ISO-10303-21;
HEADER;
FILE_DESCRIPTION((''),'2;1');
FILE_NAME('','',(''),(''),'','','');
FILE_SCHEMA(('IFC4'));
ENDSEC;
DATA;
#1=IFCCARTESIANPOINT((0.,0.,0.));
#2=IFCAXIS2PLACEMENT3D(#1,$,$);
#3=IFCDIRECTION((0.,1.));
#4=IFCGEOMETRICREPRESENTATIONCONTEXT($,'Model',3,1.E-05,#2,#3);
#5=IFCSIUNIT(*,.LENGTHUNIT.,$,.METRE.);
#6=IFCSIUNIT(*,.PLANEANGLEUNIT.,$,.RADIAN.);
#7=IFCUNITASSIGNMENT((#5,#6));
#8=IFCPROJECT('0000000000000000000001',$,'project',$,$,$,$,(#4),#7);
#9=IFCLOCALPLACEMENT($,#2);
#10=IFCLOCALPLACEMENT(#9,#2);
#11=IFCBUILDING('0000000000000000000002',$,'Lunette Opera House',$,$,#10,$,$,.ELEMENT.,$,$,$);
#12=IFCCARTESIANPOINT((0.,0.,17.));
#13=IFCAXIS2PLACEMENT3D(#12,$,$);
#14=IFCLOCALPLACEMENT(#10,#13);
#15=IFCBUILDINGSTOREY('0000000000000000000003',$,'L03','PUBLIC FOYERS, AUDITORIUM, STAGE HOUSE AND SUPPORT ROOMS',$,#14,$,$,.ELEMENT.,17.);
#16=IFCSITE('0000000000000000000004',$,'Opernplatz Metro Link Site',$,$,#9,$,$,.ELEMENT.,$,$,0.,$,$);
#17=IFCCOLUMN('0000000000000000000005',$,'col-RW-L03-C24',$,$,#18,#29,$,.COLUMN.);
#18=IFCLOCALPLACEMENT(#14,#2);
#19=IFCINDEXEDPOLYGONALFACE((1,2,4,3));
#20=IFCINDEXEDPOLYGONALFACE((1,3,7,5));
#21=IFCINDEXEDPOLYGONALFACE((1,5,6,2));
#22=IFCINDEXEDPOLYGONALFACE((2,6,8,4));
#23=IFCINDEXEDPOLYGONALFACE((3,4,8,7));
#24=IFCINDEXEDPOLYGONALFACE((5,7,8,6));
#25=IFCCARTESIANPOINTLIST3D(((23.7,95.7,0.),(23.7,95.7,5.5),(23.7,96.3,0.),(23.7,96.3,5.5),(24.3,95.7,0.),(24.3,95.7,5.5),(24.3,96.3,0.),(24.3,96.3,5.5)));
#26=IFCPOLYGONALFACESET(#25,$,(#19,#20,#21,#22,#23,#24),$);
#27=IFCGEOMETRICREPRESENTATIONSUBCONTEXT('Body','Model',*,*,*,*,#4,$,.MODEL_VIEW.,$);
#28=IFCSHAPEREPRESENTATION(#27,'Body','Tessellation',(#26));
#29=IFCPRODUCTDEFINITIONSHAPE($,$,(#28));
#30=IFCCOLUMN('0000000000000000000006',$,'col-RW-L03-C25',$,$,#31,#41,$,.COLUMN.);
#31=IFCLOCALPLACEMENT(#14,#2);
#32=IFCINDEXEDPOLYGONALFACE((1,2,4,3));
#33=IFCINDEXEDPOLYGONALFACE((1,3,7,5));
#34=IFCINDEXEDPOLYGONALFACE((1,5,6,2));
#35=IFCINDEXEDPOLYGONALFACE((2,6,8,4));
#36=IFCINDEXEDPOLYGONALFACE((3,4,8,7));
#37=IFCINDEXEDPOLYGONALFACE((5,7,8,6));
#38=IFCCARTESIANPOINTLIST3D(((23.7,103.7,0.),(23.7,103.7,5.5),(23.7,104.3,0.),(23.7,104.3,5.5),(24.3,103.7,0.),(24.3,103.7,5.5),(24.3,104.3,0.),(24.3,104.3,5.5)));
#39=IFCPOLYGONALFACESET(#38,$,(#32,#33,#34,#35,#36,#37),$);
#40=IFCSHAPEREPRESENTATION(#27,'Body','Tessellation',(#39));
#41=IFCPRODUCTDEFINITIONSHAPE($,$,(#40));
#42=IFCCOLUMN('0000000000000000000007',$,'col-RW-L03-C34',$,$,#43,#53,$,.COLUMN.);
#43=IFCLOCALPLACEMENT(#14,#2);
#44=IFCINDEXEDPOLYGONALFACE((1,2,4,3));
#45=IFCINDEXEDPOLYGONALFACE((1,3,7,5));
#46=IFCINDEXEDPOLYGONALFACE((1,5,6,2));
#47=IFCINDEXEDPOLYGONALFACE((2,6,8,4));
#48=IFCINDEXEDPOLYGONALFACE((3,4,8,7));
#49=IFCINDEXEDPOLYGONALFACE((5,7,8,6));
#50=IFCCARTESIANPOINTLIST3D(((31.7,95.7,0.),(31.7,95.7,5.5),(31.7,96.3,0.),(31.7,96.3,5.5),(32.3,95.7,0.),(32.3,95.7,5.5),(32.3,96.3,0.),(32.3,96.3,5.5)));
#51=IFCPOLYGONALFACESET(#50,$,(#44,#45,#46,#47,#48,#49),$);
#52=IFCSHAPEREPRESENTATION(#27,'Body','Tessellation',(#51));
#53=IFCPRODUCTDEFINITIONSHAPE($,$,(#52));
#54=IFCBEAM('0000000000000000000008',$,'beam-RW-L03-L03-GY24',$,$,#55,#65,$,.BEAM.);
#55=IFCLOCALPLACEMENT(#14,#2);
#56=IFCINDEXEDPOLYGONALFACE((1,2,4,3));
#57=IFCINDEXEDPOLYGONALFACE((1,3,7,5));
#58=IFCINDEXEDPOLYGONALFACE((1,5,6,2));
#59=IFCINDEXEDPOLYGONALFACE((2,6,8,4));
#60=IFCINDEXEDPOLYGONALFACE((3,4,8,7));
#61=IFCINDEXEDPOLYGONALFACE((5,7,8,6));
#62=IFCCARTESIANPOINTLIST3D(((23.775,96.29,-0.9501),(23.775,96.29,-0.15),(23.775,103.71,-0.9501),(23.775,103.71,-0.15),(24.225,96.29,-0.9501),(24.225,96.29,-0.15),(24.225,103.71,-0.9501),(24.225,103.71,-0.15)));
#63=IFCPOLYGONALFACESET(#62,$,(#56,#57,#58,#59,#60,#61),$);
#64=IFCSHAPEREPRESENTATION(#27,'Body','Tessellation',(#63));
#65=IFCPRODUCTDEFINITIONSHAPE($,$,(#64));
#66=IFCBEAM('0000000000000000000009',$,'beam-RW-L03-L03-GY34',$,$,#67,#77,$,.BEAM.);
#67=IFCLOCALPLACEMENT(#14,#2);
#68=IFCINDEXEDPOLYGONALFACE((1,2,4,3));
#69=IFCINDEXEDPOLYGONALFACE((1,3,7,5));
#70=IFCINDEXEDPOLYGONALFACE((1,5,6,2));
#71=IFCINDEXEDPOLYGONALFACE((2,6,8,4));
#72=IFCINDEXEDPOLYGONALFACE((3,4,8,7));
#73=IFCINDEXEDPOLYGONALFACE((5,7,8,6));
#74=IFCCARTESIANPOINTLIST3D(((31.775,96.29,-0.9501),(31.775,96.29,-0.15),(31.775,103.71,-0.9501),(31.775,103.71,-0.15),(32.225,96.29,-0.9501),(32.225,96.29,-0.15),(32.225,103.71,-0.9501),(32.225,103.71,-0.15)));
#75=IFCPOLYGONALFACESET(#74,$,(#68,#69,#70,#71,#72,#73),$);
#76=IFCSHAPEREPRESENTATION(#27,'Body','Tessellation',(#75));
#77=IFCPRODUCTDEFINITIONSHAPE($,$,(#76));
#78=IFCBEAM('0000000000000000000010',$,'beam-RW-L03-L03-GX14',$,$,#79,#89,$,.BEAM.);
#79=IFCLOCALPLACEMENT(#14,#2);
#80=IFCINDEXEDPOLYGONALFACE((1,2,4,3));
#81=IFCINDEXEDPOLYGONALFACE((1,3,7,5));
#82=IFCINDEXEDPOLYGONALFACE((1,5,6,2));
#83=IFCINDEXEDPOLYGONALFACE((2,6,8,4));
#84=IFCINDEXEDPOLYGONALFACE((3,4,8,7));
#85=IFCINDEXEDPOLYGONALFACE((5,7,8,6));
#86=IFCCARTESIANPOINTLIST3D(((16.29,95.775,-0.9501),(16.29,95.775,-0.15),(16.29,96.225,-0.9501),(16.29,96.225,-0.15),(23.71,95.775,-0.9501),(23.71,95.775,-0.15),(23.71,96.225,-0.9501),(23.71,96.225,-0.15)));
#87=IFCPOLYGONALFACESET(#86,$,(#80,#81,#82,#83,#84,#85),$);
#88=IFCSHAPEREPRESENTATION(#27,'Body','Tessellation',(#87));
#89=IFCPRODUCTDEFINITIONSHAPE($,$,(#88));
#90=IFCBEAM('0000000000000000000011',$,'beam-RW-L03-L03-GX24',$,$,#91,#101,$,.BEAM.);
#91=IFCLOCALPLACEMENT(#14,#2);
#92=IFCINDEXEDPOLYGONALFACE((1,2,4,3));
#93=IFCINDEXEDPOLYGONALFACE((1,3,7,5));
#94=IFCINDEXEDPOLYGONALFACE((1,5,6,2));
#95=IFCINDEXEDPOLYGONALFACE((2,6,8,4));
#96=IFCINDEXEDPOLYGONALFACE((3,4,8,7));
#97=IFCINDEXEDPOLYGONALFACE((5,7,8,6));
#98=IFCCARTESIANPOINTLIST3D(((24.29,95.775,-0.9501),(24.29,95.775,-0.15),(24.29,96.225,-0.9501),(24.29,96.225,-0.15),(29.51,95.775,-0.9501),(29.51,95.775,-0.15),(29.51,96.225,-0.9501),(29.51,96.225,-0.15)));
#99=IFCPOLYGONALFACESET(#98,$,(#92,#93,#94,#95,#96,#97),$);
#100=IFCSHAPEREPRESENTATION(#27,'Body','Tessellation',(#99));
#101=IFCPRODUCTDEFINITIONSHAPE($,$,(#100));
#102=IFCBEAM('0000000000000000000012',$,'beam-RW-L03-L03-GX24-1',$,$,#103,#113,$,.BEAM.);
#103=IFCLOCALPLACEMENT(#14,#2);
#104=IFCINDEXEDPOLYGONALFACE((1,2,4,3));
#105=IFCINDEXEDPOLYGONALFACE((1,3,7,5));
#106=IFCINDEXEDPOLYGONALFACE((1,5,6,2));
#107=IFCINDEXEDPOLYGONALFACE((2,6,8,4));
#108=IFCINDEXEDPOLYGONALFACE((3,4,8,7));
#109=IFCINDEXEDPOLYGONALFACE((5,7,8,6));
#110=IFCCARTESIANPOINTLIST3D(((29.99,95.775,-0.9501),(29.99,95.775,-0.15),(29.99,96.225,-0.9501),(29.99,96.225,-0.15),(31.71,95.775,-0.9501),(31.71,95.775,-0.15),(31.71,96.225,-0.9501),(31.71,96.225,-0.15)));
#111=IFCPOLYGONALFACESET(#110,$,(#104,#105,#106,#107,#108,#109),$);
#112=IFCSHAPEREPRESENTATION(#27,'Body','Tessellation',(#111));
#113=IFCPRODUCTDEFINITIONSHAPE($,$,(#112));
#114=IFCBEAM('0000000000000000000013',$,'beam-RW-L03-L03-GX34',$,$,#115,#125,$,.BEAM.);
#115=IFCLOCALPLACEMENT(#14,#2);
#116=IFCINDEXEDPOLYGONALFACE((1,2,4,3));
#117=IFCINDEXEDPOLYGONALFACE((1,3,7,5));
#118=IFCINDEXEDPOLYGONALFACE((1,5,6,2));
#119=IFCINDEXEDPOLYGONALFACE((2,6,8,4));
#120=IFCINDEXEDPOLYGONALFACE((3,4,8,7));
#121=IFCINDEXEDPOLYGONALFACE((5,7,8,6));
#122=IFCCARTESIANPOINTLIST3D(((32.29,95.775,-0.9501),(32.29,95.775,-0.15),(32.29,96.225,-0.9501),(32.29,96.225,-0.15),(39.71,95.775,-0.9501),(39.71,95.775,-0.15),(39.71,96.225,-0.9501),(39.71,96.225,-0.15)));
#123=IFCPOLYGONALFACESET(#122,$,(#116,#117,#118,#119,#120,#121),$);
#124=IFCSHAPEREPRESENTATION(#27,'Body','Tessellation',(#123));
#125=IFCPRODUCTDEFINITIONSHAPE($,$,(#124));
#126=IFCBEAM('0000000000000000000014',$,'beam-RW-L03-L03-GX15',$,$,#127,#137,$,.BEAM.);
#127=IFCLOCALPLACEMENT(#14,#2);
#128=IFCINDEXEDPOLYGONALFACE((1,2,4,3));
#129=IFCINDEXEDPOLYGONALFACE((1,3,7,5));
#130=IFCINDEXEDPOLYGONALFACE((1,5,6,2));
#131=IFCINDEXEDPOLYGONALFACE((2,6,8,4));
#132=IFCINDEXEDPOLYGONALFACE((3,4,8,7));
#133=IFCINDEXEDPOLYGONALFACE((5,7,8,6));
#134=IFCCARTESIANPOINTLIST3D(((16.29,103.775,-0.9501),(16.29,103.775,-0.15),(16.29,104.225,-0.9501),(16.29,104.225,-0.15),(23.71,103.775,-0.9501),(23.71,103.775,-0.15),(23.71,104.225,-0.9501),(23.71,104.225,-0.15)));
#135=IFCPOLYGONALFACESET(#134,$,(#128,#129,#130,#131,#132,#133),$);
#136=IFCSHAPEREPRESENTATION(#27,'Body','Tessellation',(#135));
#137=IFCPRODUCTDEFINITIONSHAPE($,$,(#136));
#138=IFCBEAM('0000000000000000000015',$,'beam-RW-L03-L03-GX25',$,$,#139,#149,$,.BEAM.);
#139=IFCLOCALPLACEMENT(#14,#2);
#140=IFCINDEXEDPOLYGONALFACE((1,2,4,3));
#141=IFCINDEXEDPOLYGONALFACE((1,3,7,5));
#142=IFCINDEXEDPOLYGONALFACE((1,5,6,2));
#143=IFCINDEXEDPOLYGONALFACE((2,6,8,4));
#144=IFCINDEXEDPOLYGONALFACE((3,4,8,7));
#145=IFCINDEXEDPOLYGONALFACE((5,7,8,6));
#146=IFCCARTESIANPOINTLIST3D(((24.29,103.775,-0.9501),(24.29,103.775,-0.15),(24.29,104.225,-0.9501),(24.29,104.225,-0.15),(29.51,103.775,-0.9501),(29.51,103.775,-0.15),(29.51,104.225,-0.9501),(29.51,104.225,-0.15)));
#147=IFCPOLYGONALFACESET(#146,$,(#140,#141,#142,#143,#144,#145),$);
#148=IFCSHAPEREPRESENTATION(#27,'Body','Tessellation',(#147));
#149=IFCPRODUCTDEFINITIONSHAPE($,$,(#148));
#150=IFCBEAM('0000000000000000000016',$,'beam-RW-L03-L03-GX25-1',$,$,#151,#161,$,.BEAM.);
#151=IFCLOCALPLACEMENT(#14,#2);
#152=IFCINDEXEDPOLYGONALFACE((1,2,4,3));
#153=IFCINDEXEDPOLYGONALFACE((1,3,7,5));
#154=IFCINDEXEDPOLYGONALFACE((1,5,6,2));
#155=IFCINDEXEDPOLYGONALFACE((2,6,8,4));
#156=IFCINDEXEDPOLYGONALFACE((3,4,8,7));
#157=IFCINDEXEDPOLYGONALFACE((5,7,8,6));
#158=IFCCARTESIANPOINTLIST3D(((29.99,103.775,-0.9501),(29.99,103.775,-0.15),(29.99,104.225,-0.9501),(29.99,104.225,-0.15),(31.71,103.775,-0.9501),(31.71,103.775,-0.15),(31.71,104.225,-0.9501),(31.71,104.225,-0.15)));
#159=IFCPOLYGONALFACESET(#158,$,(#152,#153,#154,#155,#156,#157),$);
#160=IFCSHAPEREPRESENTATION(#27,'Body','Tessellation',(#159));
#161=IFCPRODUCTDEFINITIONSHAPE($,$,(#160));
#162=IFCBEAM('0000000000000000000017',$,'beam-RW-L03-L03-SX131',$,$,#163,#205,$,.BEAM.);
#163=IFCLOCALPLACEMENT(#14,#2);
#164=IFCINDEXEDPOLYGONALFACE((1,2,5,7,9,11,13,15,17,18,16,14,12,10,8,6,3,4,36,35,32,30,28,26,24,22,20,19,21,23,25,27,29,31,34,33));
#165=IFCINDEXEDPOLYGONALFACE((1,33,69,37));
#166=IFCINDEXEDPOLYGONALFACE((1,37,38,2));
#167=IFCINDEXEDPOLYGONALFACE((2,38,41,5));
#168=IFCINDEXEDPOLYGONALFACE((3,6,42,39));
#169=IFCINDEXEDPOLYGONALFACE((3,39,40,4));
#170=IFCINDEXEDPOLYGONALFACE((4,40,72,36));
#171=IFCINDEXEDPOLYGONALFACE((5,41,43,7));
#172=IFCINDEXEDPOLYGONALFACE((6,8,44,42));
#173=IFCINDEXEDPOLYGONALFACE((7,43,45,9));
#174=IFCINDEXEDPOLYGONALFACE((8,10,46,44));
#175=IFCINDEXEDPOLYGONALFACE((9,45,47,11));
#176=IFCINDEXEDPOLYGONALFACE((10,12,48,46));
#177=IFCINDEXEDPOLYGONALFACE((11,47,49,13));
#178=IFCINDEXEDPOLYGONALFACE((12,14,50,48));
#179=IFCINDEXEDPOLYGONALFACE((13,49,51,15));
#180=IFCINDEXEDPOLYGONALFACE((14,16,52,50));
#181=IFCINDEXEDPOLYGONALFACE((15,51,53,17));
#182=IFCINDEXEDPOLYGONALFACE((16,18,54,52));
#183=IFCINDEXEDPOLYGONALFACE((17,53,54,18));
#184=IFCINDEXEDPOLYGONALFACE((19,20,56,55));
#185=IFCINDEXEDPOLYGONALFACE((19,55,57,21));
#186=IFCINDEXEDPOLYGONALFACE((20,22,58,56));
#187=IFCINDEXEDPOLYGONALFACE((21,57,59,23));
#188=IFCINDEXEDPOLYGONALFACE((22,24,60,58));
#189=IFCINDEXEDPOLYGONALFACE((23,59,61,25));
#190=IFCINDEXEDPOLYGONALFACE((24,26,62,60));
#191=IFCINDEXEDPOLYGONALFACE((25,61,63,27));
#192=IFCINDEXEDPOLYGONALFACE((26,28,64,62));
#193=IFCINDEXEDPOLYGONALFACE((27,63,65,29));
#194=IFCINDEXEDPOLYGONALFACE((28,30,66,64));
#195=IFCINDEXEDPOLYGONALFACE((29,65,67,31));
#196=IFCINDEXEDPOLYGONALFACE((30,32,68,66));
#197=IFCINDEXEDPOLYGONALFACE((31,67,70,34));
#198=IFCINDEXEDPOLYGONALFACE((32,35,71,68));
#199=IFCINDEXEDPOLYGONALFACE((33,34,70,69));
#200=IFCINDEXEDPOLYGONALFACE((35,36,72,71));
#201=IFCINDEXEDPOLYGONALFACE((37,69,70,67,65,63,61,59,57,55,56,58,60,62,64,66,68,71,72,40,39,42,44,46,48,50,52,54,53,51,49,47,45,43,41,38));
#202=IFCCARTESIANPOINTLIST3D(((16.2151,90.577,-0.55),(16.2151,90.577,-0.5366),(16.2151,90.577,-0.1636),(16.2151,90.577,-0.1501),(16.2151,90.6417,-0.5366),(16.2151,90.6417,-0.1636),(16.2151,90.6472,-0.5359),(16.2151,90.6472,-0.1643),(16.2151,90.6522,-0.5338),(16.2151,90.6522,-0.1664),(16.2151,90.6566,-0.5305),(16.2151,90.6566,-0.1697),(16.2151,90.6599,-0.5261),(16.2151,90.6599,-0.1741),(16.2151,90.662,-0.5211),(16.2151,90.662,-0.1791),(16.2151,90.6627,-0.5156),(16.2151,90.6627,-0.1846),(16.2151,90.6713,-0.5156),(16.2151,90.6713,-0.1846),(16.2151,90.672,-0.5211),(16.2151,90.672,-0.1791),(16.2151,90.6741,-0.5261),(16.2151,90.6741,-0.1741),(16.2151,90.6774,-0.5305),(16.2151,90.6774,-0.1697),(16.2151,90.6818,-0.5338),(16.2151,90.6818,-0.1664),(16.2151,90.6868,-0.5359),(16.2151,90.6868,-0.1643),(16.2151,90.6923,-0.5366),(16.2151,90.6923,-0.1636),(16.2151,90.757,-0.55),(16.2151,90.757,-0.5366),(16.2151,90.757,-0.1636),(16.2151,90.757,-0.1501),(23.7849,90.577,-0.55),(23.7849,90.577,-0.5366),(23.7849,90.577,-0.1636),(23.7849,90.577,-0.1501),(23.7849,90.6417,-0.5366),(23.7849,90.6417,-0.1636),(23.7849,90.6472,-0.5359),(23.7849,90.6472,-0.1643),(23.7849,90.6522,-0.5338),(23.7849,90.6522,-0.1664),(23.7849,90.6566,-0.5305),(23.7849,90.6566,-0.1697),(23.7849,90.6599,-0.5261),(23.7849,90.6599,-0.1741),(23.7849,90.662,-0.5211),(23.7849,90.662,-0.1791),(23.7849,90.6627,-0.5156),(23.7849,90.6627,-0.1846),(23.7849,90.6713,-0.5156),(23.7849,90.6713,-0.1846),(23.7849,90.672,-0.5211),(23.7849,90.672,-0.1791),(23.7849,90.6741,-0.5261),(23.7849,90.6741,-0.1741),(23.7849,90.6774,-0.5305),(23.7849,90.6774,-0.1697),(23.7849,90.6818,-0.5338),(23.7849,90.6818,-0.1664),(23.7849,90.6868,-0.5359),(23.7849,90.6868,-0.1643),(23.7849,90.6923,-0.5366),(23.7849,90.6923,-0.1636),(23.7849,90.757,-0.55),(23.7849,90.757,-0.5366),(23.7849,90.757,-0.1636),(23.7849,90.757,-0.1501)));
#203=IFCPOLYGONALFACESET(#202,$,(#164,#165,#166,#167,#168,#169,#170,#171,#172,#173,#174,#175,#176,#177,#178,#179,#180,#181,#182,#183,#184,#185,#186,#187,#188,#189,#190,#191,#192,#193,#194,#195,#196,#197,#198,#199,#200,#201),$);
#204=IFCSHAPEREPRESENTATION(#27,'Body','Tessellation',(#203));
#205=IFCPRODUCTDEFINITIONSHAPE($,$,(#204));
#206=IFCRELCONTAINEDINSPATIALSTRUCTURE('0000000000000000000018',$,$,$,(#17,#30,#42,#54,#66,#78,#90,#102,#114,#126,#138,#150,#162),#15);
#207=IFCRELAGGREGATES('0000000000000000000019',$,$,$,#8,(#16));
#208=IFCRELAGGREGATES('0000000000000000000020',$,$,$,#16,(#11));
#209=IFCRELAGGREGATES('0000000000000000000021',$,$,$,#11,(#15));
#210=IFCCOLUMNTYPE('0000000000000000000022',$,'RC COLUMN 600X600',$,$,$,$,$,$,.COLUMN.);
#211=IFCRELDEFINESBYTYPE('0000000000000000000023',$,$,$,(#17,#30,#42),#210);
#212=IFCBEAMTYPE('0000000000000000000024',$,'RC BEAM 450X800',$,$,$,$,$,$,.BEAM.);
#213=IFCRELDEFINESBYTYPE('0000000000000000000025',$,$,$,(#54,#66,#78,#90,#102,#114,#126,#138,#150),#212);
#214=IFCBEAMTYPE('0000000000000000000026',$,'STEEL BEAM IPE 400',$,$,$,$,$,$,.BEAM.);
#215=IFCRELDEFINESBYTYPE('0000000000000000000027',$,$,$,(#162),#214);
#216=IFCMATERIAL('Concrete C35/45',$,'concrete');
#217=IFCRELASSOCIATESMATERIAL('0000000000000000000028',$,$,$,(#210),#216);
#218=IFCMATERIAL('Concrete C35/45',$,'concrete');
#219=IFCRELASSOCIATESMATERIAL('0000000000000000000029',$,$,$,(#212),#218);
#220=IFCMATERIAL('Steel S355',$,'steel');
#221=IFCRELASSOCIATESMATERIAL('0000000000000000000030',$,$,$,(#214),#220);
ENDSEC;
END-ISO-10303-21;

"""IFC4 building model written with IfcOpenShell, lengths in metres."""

from ifc_helpers import new_model, si_unit, direction, frame, origin, origin_2d, place, context, subcontext, project, spatial, rectangle, i_section, extrude, material, material_profile, profile_set, type_object, element, save


model = new_model("IFC4")

# Units and contexts
model_context = context("Model", 3, precision=1e-05, world=origin(), true_north=direction((0.0, 1.0)))
body_context = subcontext(model_context, "Body", "Model", "MODEL_VIEW")
ifc_project = project(units=[si_unit("LENGTHUNIT", "METRE"), si_unit("PLANEANGLEUNIT", "RADIAN")], contexts=[model_context])

# Site, building, storey
site_placement = place(None, origin())
site = spatial("IfcSite", under=ifc_project, at=site_placement, Name="Opernplatz Metro Link Site", CompositionType="ELEMENT", RefElevation=0.0)
building_placement = place(site_placement, origin())
building = spatial("IfcBuilding", under=site, at=building_placement, Name="Lunette Opera House", CompositionType="ELEMENT")
storey_placement = place(building_placement, frame((0.0, 0.0, 17.0)))
storey = spatial("IfcBuildingStorey", under=building, at=storey_placement, Name="L03", Description="PUBLIC FOYERS, AUDITORIUM, STAGE HOUSE AND SUPPORT ROOMS", CompositionType="ELEMENT", Elevation=17.0)

# Columns
ifc_material_1 = material(Name="Concrete C35/45", Category="concrete")
ifc_material_profile_1 = material_profile(ifc_material_1, rectangle(XDim=0.6001, YDim=0.6001, at=origin_2d()), Name="RC COLUMN 600X600")
ifc_profile_set_1 = profile_set([ifc_material_profile_1], Name="Concrete C35/45")
column_type = type_object("IfcColumnType", Name="RC COLUMN 600X600", PredefinedType="COLUMN", material=ifc_profile_set_1)
for number, where, z_axis, x_axis, name in (
    (1, (24.0, 96.0, 0.0), (0.0, 0.0, 1.0), (1.0, 0.0, 0.0), "col-RW-L03-C24"),
    (2, (24.0, 104.0, 0.0), (0.0, 0.0, 1.0), (1.0, 0.0, 0.0), "col-RW-L03-C25"),
    (3, (32.0, 96.0, 0.0), (0.0, 0.0, 1.0), (1.0, 0.0, 0.0), "col-RW-L03-C34"),
):
    element("IfcColumn", number, at=place(storey_placement, frame(where, z_axis=z_axis, x_axis=x_axis)), inside=storey, type_object=column_type, Name=name, PredefinedType="COLUMN", context=body_context, shape_type="SweptSolid", body=[
        extrude(rectangle(XDim=0.6001, YDim=0.6001, at=origin_2d()), origin(), (0.0, 0.0, 1.0), 5.5),
    ])

# Beams
ifc_material_2 = material(Name="Concrete C35/45", Category="concrete")
ifc_material_profile_2 = material_profile(ifc_material_2, rectangle(XDim=0.45, YDim=0.8, at=origin_2d()), Name="RC BEAM 450X800")
ifc_profile_set_2 = profile_set([ifc_material_profile_2], Name="Concrete C35/45")
beam_type_1 = type_object("IfcBeamType", Name="RC BEAM 450X800", PredefinedType="BEAM", material=ifc_profile_set_2)
for number, where, z_axis, x_axis, name in (
    (4, (24.0, 96.29, -0.55), (0.0, 1.0, 0.0), (-1.0, 0.0, 0.0), "beam-RW-L03-L03-GY24"),
    (5, (32.0, 96.29, -0.55), (0.0, 1.0, 0.0), (-1.0, 0.0, 0.0), "beam-RW-L03-L03-GY34"),
    (6, (16.29, 96.0, -0.55), (1.0, 0.0, 0.0), (0.0, 1.0, 0.0), "beam-RW-L03-L03-GX14"),
):
    element("IfcBeam", number, at=place(storey_placement, frame(where, z_axis=z_axis, x_axis=x_axis)), inside=storey, type_object=beam_type_1, Name=name, PredefinedType="BEAM", context=body_context, shape_type="SweptSolid", body=[
        extrude(rectangle(XDim=0.45, YDim=0.8, at=origin_2d()), origin(), (0.0, 0.0, 1.0), 7.4199),
    ])
beam_1_placement = place(storey_placement, frame((24.29, 96.0, -0.55), z_axis=(1.0, 0.0, 0.0), x_axis=(0.0, 1.0, 0.0)))
element("IfcBeam", 7, at=beam_1_placement, inside=storey, type_object=beam_type_1, Name="beam-RW-L03-L03-GX24", PredefinedType="BEAM", context=body_context, shape_type="SweptSolid", body=[
    extrude(rectangle(XDim=0.45, YDim=0.8, at=origin_2d()), origin(), (0.0, 0.0, 1.0), 5.22),
])
beam_2_placement = place(storey_placement, frame((29.99, 96.0, -0.55), z_axis=(1.0, 0.0, 0.0), x_axis=(0.0, 1.0, 0.0)))
element("IfcBeam", 8, at=beam_2_placement, inside=storey, type_object=beam_type_1, Name="beam-RW-L03-L03-GX24-1", PredefinedType="BEAM", context=body_context, shape_type="SweptSolid", body=[
    extrude(rectangle(XDim=0.45, YDim=0.8, at=origin_2d()), origin(), (0.0, 0.0, 1.0), 1.72),
])
for number, where, z_axis, x_axis, name in (
    (9, (32.29, 96.0, -0.55), (1.0, 0.0, 0.0), (0.0, 1.0, 0.0), "beam-RW-L03-L03-GX34"),
    (10, (16.29, 104.0, -0.55), (1.0, 0.0, 0.0), (0.0, 1.0, 0.0), "beam-RW-L03-L03-GX15"),
):
    element("IfcBeam", number, at=place(storey_placement, frame(where, z_axis=z_axis, x_axis=x_axis)), inside=storey, type_object=beam_type_1, Name=name, PredefinedType="BEAM", context=body_context, shape_type="SweptSolid", body=[
        extrude(rectangle(XDim=0.45, YDim=0.8, at=origin_2d()), origin(), (0.0, 0.0, 1.0), 7.4199),
    ])
beam_3_placement = place(storey_placement, frame((24.29, 104.0, -0.55), z_axis=(1.0, 0.0, 0.0), x_axis=(0.0, 1.0, 0.0)))
element("IfcBeam", 11, at=beam_3_placement, inside=storey, type_object=beam_type_1, Name="beam-RW-L03-L03-GX25", PredefinedType="BEAM", context=body_context, shape_type="SweptSolid", body=[
    extrude(rectangle(XDim=0.45, YDim=0.8, at=origin_2d()), origin(), (0.0, 0.0, 1.0), 5.22),
])
beam_4_placement = place(storey_placement, frame((29.99, 104.0, -0.55), z_axis=(1.0, 0.0, 0.0), x_axis=(0.0, 1.0, 0.0)))
element("IfcBeam", 12, at=beam_4_placement, inside=storey, type_object=beam_type_1, Name="beam-RW-L03-L03-GX25-1", PredefinedType="BEAM", context=body_context, shape_type="SweptSolid", body=[
    extrude(rectangle(XDim=0.45, YDim=0.8, at=origin_2d()), origin(), (0.0, 0.0, 1.0), 1.72),
])
ifc_material_3 = material(Name="Steel S355", Category="steel")
ifc_material_profile_3 = material_profile(ifc_material_3, i_section(OverallWidth=0.1799, OverallDepth=0.3999, WebThickness=0.0085, FlangeThickness=0.0134, FilletRadius=0.021, at=origin_2d()), Name="IPE 400")
ifc_profile_set_3 = profile_set([ifc_material_profile_3], Name="Steel S355")
beam_type_2 = type_object("IfcBeamType", Name="STEEL BEAM IPE 400", PredefinedType="BEAM", material=ifc_profile_set_3)
for number, where, z_axis, x_axis, name in (
    (13, (16.2151, 90.667, -0.3501), (1.0, 0.0, 0.0), (0.0, 1.0, 0.0), "beam-RW-L03-L03-SX131"),
):
    element("IfcBeam", number, at=place(storey_placement, frame(where, z_axis=z_axis, x_axis=x_axis)), inside=storey, type_object=beam_type_2, Name=name, PredefinedType="BEAM", context=body_context, shape_type="SweptSolid", body=[
        extrude(i_section(OverallWidth=0.1799, OverallDepth=0.3999, WebThickness=0.0085, FlangeThickness=0.0134, FilletRadius=0.021, at=origin_2d()), origin(), (0.0, 0.0, 1.0), 7.5698),
    ])

save(model, "model.ifc")
